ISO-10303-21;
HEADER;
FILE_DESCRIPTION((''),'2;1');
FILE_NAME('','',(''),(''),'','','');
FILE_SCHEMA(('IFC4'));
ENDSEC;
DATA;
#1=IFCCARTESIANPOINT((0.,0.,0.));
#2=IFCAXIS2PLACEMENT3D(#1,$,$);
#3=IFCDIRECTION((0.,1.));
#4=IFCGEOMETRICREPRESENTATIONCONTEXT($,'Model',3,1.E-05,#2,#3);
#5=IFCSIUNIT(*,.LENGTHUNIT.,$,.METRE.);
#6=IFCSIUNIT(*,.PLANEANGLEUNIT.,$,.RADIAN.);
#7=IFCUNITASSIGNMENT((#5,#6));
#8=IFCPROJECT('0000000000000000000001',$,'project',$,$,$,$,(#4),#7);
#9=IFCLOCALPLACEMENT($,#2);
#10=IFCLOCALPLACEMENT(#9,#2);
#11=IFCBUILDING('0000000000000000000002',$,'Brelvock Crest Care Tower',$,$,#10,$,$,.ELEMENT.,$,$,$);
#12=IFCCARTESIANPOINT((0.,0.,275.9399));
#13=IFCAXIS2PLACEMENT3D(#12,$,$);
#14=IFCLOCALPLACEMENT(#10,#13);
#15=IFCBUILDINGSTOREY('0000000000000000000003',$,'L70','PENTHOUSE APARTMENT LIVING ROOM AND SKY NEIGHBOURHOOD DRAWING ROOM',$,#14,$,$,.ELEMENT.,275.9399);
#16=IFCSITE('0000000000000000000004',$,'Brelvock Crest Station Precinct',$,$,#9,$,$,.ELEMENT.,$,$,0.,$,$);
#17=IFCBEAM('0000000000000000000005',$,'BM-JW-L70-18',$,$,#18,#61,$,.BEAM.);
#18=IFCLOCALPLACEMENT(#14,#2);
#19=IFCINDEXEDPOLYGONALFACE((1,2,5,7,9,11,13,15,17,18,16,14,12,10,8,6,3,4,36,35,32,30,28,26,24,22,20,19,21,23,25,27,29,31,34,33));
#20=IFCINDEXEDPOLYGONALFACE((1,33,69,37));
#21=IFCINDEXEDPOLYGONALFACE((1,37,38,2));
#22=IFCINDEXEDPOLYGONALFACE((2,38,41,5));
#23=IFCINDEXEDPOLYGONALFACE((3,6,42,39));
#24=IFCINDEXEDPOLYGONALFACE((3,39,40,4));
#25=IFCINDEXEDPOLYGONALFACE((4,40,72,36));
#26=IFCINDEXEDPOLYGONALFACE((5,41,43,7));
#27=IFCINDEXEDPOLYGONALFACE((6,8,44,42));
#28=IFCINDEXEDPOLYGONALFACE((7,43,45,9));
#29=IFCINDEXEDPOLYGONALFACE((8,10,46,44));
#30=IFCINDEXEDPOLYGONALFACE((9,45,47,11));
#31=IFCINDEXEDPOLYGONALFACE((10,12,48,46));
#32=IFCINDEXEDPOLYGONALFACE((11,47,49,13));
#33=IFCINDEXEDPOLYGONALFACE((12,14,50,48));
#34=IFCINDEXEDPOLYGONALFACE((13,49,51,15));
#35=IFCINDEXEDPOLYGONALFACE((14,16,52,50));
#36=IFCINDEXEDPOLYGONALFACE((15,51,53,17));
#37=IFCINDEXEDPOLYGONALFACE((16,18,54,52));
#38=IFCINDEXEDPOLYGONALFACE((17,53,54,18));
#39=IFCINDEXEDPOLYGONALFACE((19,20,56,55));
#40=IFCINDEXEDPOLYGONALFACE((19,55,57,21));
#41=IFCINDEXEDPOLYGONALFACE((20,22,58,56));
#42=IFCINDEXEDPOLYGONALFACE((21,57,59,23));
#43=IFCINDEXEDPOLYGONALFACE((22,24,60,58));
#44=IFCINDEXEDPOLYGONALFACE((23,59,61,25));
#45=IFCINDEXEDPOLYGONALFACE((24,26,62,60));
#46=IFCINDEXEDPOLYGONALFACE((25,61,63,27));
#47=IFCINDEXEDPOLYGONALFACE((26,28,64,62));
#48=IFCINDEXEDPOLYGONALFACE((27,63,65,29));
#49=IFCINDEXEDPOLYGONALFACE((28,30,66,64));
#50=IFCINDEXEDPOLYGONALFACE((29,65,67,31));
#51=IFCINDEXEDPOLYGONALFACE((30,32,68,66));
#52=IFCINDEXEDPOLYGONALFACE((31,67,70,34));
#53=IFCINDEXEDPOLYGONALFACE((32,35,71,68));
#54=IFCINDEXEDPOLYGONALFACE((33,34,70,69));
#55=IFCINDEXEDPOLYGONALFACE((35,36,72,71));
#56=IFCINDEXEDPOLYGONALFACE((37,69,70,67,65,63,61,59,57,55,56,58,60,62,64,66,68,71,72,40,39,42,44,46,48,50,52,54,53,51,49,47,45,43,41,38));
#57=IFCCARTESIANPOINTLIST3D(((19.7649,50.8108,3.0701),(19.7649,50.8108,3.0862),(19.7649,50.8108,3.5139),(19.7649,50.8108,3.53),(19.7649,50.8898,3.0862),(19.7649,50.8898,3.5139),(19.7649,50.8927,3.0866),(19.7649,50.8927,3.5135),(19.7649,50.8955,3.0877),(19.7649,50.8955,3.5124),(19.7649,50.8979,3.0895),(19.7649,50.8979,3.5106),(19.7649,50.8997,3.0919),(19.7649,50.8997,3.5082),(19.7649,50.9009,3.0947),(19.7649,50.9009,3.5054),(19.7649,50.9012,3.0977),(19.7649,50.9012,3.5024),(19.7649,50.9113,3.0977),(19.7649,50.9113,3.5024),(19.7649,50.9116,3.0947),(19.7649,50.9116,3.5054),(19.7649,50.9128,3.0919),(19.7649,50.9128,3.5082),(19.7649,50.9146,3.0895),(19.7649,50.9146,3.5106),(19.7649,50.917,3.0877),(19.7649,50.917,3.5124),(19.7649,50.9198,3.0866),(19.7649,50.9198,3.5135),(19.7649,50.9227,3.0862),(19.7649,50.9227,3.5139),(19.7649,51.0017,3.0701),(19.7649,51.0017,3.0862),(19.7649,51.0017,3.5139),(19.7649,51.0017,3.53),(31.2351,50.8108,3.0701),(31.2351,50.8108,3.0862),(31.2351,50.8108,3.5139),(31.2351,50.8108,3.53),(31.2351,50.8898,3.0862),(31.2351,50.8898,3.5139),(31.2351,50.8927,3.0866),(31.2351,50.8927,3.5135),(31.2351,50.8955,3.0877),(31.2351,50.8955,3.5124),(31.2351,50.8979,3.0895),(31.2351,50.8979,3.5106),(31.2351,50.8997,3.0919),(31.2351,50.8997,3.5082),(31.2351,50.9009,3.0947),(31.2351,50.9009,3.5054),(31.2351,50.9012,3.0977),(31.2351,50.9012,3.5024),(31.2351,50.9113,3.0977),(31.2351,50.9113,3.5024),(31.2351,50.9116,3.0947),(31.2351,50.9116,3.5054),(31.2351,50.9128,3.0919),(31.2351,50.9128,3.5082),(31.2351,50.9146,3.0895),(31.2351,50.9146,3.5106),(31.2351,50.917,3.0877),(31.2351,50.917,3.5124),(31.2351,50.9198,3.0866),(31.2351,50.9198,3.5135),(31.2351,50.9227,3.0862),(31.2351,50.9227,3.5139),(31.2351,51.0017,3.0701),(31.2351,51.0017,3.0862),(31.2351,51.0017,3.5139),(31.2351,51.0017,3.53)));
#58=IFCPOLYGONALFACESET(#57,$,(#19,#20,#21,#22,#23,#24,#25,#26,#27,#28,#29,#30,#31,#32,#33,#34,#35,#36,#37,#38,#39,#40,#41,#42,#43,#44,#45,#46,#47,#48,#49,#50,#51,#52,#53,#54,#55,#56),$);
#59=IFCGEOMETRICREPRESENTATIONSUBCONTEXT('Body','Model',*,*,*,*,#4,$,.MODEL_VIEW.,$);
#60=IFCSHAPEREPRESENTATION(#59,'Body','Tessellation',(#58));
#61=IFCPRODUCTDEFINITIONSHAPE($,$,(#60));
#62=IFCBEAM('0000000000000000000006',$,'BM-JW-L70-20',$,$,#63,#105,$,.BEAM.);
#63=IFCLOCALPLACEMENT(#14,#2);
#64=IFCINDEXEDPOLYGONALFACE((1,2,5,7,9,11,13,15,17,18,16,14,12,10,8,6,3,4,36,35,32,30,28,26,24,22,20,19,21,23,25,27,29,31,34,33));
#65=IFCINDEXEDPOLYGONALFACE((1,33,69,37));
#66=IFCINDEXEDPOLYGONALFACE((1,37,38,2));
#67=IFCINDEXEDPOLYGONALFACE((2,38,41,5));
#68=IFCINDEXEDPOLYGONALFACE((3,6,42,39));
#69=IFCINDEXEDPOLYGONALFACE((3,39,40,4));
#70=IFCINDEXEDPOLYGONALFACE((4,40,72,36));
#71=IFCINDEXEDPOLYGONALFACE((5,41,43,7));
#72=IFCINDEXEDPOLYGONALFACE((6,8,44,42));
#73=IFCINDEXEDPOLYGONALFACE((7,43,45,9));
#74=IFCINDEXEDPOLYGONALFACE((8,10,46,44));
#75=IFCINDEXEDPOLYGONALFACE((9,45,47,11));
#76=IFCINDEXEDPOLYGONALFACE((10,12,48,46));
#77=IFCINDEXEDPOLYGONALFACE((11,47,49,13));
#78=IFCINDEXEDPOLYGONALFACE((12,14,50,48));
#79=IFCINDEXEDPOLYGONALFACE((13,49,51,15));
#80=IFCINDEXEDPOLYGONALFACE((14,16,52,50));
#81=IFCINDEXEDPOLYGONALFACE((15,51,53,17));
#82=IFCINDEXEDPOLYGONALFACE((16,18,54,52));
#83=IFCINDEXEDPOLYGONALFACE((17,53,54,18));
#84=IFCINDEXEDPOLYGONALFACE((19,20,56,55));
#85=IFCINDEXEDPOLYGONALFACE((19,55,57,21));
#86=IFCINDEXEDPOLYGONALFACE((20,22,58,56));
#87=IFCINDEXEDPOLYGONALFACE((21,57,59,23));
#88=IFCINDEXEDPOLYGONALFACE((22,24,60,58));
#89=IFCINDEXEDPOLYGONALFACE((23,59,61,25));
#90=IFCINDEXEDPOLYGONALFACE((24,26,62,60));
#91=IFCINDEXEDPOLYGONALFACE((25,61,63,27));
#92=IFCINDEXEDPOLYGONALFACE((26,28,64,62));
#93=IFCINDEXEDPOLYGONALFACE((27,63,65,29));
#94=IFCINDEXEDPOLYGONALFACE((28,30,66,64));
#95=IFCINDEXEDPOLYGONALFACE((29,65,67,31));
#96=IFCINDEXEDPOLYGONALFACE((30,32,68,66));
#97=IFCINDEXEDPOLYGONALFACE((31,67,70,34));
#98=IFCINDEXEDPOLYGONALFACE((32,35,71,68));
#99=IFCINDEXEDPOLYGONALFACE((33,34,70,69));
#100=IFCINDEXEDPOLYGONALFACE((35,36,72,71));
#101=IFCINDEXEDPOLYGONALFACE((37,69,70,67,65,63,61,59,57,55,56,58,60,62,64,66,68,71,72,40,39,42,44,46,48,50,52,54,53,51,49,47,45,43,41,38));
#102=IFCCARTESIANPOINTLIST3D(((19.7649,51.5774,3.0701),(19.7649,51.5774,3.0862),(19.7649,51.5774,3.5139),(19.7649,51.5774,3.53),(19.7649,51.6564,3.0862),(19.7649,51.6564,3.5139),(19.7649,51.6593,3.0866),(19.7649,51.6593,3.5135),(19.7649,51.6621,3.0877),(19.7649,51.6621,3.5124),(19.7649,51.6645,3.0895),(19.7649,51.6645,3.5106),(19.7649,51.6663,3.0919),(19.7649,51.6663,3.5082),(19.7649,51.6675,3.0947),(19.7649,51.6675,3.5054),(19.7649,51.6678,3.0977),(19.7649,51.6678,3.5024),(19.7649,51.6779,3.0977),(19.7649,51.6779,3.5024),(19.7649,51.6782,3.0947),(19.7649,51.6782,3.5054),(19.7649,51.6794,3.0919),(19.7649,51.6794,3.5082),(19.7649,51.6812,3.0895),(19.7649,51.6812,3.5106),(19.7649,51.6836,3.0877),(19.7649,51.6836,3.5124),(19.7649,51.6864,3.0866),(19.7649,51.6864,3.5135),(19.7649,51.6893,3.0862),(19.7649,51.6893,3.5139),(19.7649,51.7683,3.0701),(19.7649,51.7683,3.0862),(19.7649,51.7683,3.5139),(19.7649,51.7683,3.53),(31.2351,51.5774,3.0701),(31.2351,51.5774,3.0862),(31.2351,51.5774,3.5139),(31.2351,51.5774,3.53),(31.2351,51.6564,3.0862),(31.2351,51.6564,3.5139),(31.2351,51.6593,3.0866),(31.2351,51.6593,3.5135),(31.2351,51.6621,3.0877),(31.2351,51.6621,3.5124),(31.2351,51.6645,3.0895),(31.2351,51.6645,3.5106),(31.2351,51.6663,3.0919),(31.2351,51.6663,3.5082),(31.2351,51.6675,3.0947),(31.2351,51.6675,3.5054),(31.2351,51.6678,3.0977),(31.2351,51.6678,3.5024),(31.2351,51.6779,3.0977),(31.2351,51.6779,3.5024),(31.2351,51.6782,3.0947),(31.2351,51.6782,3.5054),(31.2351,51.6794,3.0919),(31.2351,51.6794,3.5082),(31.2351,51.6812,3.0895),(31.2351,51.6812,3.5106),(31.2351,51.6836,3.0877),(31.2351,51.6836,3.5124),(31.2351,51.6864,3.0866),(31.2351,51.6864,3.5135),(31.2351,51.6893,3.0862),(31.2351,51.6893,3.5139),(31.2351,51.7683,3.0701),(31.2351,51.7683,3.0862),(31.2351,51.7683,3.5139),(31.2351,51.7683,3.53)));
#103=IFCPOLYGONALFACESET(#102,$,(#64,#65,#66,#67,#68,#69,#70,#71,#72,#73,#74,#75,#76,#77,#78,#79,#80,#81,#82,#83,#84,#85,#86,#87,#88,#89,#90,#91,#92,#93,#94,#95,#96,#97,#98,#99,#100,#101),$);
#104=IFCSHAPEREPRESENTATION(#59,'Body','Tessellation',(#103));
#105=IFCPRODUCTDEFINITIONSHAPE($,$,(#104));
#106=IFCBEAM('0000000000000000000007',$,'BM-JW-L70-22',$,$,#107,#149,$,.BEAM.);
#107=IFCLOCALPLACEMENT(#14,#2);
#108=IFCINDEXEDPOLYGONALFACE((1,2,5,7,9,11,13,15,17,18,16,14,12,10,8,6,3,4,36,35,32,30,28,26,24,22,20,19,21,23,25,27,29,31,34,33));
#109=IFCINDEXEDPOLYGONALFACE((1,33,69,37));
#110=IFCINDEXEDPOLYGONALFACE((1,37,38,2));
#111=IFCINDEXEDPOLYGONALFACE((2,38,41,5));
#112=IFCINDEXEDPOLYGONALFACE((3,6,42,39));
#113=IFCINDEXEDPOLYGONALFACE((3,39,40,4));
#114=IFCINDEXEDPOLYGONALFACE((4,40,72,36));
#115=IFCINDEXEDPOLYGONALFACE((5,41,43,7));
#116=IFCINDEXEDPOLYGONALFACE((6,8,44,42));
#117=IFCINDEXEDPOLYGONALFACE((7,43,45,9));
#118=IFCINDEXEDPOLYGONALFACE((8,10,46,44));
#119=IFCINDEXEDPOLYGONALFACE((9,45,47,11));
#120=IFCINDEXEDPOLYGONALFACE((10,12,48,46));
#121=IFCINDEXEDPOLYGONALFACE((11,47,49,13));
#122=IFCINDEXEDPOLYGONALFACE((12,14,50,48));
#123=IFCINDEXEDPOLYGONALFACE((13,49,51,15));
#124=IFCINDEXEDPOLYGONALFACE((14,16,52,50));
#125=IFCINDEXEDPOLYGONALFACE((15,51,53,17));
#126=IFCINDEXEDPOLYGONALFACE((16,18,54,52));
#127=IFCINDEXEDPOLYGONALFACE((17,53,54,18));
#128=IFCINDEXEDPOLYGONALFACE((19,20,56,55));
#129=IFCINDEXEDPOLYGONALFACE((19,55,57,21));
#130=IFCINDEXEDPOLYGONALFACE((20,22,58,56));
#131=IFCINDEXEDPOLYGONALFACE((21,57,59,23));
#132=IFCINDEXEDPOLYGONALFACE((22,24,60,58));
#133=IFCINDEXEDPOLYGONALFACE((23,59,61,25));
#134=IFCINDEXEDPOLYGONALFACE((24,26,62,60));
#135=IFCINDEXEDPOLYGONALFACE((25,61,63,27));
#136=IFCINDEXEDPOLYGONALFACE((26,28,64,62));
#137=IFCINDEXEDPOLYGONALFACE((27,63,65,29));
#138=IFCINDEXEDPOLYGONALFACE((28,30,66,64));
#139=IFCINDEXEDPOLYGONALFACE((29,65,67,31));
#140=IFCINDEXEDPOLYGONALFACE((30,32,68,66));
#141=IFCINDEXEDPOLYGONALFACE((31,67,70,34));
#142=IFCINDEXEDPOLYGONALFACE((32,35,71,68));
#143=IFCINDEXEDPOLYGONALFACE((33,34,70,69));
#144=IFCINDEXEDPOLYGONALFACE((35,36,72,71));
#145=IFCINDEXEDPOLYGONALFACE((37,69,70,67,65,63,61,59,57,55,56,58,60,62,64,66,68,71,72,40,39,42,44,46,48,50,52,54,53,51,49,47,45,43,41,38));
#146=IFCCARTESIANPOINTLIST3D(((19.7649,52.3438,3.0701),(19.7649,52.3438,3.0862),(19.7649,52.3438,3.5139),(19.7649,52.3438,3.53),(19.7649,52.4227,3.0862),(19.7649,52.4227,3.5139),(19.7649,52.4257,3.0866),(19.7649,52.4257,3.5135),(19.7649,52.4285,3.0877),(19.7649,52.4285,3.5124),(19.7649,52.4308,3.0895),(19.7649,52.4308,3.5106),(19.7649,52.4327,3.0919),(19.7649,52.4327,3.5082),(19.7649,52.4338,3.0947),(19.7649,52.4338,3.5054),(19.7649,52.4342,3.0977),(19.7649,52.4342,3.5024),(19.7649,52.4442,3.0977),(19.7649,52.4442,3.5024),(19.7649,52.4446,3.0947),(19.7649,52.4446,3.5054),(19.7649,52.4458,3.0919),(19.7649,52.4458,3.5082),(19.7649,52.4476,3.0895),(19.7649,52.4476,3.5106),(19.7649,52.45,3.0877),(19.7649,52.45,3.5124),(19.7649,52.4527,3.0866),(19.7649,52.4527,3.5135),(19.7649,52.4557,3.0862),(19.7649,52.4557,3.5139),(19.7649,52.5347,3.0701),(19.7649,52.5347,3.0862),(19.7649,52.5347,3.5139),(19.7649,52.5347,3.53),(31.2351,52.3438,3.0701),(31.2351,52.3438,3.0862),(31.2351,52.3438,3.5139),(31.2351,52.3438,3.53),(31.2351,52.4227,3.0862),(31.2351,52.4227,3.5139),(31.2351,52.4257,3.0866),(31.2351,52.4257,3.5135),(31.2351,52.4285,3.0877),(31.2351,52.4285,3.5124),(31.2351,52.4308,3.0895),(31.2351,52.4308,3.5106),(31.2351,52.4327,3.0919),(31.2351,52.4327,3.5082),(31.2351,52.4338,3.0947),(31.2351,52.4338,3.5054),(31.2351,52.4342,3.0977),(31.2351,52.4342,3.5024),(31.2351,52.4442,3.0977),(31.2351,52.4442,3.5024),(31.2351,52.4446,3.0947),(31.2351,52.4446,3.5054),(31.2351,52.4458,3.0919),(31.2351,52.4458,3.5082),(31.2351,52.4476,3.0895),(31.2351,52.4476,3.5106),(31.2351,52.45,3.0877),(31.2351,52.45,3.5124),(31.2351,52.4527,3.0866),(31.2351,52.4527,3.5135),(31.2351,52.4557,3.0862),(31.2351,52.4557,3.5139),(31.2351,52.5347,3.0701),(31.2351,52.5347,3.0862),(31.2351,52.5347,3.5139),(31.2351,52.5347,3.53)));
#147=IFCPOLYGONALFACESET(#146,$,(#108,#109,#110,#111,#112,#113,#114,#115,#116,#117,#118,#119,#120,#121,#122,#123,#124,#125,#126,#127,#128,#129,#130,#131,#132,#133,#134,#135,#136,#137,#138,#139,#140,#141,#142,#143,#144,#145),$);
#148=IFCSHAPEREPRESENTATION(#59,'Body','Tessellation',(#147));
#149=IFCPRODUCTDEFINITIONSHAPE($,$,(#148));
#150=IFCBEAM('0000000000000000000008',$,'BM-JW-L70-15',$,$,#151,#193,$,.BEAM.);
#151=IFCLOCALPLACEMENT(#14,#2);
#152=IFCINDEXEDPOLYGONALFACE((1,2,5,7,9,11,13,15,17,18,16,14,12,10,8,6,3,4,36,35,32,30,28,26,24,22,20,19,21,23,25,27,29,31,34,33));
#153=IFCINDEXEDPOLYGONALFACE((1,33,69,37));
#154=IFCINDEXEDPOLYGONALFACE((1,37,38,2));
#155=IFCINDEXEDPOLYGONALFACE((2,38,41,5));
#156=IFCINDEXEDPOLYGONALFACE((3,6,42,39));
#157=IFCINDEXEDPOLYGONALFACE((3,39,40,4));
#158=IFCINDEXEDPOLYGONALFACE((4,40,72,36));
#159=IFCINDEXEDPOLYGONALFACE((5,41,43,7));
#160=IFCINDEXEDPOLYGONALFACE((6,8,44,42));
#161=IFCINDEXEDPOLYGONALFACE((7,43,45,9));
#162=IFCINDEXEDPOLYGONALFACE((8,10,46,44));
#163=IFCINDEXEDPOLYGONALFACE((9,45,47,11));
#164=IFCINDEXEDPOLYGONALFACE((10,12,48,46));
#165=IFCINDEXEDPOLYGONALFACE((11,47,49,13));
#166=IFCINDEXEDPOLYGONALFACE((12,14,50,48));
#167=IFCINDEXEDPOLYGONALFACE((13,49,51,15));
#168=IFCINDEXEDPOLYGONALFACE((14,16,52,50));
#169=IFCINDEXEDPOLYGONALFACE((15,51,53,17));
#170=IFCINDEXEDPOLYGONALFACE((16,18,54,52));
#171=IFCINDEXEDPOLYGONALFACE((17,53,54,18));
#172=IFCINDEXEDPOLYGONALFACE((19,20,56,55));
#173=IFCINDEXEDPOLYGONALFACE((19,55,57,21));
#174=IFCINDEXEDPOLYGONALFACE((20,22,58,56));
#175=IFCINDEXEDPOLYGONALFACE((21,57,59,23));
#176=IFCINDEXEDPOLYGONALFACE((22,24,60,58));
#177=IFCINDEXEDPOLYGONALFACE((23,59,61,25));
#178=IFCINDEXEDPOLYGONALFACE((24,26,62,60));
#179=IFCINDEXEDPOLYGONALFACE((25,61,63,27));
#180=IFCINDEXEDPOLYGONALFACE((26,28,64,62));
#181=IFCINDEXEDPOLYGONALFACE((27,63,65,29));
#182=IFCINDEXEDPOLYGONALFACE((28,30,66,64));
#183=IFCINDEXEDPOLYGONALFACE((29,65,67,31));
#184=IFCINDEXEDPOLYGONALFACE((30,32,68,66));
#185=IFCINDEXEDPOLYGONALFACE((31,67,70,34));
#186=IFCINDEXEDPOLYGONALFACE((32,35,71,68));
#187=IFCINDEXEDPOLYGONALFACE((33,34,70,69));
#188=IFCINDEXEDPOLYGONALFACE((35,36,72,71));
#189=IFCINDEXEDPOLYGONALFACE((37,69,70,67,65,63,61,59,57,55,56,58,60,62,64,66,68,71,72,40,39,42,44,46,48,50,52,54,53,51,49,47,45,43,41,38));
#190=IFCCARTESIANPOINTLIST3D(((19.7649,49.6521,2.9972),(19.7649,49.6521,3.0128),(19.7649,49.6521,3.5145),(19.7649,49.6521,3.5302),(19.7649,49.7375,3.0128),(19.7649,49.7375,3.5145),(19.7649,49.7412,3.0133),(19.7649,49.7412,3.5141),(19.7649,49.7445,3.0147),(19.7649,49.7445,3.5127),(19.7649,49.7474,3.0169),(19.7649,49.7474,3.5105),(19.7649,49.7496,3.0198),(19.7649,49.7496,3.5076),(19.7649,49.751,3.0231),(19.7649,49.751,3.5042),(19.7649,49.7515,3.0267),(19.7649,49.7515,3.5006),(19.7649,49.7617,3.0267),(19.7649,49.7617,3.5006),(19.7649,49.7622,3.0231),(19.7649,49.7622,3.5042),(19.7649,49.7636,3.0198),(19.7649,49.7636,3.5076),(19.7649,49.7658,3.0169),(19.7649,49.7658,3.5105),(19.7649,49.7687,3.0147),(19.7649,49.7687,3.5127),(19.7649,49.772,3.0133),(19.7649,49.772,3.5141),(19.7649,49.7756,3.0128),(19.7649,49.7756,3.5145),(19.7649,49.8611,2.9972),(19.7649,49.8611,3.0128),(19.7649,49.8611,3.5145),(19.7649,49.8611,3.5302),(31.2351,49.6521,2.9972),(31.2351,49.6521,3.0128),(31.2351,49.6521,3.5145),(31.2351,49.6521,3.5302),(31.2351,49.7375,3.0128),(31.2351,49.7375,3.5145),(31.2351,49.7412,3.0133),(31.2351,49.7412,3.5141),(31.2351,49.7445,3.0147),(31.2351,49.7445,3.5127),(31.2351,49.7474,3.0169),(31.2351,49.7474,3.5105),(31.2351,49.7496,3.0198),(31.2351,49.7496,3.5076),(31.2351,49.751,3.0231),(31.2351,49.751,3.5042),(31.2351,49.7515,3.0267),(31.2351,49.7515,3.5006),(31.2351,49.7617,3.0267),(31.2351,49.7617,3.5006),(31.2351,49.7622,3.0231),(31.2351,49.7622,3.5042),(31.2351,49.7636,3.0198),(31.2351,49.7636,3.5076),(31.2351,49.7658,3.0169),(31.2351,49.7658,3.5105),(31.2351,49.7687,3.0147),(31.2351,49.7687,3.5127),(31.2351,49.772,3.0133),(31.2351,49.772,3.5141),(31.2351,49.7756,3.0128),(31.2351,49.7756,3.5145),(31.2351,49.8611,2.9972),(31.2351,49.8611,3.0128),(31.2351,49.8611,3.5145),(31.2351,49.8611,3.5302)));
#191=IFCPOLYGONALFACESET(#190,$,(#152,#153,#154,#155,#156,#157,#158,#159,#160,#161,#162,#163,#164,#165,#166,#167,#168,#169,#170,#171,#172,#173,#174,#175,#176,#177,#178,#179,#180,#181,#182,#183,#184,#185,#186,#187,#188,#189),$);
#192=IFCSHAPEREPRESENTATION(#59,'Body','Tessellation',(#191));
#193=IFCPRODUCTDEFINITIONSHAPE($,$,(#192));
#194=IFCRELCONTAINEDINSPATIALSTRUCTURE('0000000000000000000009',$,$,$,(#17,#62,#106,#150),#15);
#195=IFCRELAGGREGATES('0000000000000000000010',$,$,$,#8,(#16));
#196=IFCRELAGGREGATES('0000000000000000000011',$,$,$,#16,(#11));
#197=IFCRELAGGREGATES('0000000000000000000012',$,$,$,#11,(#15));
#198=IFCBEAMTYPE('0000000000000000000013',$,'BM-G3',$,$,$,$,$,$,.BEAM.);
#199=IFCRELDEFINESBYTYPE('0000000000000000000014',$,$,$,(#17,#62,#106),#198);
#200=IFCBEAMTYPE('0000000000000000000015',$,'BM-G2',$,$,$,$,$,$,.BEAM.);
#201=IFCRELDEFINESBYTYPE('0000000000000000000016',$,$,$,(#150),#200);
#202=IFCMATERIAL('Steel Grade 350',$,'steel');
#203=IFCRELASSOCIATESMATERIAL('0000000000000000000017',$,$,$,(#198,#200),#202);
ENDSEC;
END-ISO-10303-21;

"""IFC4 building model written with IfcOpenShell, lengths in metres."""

from ifc_helpers import new_model, si_unit, direction, frame, origin, origin_2d, place, context, subcontext, project, spatial, i_section, extrude, source, transform, mapped, material, material_profile, profile_set, type_object, element, save


model = new_model("IFC4")

# Units and contexts
model_context = context("Model", 3, precision=1e-05, world=origin(), true_north=direction((0.0, 1.0)))
body_context = subcontext(model_context, "Body", "Model", "MODEL_VIEW")
ifc_project = project(units=[si_unit("LENGTHUNIT", "METRE"), si_unit("PLANEANGLEUNIT", "RADIAN")], contexts=[model_context])

# Site, building, storey
site_placement = place(None, origin())
site = spatial("IfcSite", under=ifc_project, at=site_placement, Name="Brelvock Crest Station Precinct", CompositionType="ELEMENT", RefElevation=0.0)
building_placement = place(site_placement, origin())
building = spatial("IfcBuilding", under=site, at=building_placement, Name="Brelvock Crest Care Tower", CompositionType="ELEMENT")
storey_placement = place(building_placement, frame((0.0, 0.0, 275.9399)))
storey = spatial("IfcBuildingStorey", under=building, at=storey_placement, Name="L70", Description="PENTHOUSE APARTMENT LIVING ROOM AND SKY NEIGHBOURHOOD DRAWING ROOM", CompositionType="ELEMENT", Elevation=275.9399)

# Beams
ifc_material_1 = material(Name="Steel Grade 350", Category="steel")
ifc_material_profile_1 = material_profile(ifc_material_1, i_section(OverallWidth=0.1909, OverallDepth=0.46, WebThickness=0.01, FlangeThickness=0.0161, FilletRadius=0.0115, at=origin_2d()), Name="460UB82.1")
ifc_profile_set_1 = profile_set([ifc_material_profile_1], Name="Steel Grade 350")
beam_type_1 = type_object("IfcBeamType", Name="BM-G3", PredefinedType="BEAM", material=ifc_profile_set_1)
shared_shape_1 = source(origin(), body_context, "Body", "SweptSolid", [
    extrude(i_section(OverallWidth=0.1909, OverallDepth=0.46, WebThickness=0.01, FlangeThickness=0.0161, FilletRadius=0.0115, at=origin_2d()), origin(), (0.0, 0.0, 1.0), 11.4702),
])
for number, where, z_axis, x_axis, name in (
    (1, (19.7649, 50.9062, 3.3), (1.0, 0.0, 0.0), (0.0, 1.0, 0.0), "BM-JW-L70-18"),
    (2, (19.7649, 51.6729, 3.3), (1.0, 0.0, 0.0), (0.0, 1.0, 0.0), "BM-JW-L70-20"),
    (3, (19.7649, 52.4392, 3.3), (1.0, 0.0, 0.0), (0.0, 1.0, 0.0), "BM-JW-L70-22"),
):
    element("IfcBeam", number, at=place(storey_placement, frame(where, z_axis=z_axis, x_axis=x_axis)), inside=storey, type_object=beam_type_1, Name=name, PredefinedType="BEAM", context=body_context, shape_type="MappedRepresentation", body=[
        mapped(shared_shape_1, transform((0.0, 0.0, 0.0), x_axis=(1.0, 0.0, 0.0), y_axis=(0.0, 1.0, 0.0), z_axis=(0.0, 0.0, 1.0), scale=1.0)),
    ])
ifc_material_profile_2 = material_profile(ifc_material_1, i_section(OverallWidth=0.209, OverallDepth=0.533, WebThickness=0.0103, FlangeThickness=0.0156, FilletRadius=0.0139, at=origin_2d()), Name="530UB92.4")
ifc_profile_set_2 = profile_set([ifc_material_profile_2], Name="Steel Grade 350")
beam_type_2 = type_object("IfcBeamType", Name="BM-G2", PredefinedType="BEAM", material=ifc_profile_set_2)
shared_shape_2 = source(origin(), body_context, "Body", "SweptSolid", [
    extrude(i_section(OverallWidth=0.209, OverallDepth=0.533, WebThickness=0.0103, FlangeThickness=0.0156, FilletRadius=0.0139, at=origin_2d()), origin(), (0.0, 0.0, 1.0), 11.4702),
])
for number, where, z_axis, x_axis, name in (
    (4, (19.7649, 49.7566, 3.2637), (1.0, 0.0, 0.0), (0.0, 1.0, 0.0), "BM-JW-L70-15"),
):
    element("IfcBeam", number, at=place(storey_placement, frame(where, z_axis=z_axis, x_axis=x_axis)), inside=storey, type_object=beam_type_2, Name=name, PredefinedType="BEAM", context=body_context, shape_type="MappedRepresentation", body=[
        mapped(shared_shape_2, transform((0.0, 0.0, 0.0), x_axis=(1.0, 0.0, 0.0), y_axis=(0.0, 1.0, 0.0), z_axis=(0.0, 0.0, 1.0), scale=1.0)),
    ])

save(model, "model.ifc")
